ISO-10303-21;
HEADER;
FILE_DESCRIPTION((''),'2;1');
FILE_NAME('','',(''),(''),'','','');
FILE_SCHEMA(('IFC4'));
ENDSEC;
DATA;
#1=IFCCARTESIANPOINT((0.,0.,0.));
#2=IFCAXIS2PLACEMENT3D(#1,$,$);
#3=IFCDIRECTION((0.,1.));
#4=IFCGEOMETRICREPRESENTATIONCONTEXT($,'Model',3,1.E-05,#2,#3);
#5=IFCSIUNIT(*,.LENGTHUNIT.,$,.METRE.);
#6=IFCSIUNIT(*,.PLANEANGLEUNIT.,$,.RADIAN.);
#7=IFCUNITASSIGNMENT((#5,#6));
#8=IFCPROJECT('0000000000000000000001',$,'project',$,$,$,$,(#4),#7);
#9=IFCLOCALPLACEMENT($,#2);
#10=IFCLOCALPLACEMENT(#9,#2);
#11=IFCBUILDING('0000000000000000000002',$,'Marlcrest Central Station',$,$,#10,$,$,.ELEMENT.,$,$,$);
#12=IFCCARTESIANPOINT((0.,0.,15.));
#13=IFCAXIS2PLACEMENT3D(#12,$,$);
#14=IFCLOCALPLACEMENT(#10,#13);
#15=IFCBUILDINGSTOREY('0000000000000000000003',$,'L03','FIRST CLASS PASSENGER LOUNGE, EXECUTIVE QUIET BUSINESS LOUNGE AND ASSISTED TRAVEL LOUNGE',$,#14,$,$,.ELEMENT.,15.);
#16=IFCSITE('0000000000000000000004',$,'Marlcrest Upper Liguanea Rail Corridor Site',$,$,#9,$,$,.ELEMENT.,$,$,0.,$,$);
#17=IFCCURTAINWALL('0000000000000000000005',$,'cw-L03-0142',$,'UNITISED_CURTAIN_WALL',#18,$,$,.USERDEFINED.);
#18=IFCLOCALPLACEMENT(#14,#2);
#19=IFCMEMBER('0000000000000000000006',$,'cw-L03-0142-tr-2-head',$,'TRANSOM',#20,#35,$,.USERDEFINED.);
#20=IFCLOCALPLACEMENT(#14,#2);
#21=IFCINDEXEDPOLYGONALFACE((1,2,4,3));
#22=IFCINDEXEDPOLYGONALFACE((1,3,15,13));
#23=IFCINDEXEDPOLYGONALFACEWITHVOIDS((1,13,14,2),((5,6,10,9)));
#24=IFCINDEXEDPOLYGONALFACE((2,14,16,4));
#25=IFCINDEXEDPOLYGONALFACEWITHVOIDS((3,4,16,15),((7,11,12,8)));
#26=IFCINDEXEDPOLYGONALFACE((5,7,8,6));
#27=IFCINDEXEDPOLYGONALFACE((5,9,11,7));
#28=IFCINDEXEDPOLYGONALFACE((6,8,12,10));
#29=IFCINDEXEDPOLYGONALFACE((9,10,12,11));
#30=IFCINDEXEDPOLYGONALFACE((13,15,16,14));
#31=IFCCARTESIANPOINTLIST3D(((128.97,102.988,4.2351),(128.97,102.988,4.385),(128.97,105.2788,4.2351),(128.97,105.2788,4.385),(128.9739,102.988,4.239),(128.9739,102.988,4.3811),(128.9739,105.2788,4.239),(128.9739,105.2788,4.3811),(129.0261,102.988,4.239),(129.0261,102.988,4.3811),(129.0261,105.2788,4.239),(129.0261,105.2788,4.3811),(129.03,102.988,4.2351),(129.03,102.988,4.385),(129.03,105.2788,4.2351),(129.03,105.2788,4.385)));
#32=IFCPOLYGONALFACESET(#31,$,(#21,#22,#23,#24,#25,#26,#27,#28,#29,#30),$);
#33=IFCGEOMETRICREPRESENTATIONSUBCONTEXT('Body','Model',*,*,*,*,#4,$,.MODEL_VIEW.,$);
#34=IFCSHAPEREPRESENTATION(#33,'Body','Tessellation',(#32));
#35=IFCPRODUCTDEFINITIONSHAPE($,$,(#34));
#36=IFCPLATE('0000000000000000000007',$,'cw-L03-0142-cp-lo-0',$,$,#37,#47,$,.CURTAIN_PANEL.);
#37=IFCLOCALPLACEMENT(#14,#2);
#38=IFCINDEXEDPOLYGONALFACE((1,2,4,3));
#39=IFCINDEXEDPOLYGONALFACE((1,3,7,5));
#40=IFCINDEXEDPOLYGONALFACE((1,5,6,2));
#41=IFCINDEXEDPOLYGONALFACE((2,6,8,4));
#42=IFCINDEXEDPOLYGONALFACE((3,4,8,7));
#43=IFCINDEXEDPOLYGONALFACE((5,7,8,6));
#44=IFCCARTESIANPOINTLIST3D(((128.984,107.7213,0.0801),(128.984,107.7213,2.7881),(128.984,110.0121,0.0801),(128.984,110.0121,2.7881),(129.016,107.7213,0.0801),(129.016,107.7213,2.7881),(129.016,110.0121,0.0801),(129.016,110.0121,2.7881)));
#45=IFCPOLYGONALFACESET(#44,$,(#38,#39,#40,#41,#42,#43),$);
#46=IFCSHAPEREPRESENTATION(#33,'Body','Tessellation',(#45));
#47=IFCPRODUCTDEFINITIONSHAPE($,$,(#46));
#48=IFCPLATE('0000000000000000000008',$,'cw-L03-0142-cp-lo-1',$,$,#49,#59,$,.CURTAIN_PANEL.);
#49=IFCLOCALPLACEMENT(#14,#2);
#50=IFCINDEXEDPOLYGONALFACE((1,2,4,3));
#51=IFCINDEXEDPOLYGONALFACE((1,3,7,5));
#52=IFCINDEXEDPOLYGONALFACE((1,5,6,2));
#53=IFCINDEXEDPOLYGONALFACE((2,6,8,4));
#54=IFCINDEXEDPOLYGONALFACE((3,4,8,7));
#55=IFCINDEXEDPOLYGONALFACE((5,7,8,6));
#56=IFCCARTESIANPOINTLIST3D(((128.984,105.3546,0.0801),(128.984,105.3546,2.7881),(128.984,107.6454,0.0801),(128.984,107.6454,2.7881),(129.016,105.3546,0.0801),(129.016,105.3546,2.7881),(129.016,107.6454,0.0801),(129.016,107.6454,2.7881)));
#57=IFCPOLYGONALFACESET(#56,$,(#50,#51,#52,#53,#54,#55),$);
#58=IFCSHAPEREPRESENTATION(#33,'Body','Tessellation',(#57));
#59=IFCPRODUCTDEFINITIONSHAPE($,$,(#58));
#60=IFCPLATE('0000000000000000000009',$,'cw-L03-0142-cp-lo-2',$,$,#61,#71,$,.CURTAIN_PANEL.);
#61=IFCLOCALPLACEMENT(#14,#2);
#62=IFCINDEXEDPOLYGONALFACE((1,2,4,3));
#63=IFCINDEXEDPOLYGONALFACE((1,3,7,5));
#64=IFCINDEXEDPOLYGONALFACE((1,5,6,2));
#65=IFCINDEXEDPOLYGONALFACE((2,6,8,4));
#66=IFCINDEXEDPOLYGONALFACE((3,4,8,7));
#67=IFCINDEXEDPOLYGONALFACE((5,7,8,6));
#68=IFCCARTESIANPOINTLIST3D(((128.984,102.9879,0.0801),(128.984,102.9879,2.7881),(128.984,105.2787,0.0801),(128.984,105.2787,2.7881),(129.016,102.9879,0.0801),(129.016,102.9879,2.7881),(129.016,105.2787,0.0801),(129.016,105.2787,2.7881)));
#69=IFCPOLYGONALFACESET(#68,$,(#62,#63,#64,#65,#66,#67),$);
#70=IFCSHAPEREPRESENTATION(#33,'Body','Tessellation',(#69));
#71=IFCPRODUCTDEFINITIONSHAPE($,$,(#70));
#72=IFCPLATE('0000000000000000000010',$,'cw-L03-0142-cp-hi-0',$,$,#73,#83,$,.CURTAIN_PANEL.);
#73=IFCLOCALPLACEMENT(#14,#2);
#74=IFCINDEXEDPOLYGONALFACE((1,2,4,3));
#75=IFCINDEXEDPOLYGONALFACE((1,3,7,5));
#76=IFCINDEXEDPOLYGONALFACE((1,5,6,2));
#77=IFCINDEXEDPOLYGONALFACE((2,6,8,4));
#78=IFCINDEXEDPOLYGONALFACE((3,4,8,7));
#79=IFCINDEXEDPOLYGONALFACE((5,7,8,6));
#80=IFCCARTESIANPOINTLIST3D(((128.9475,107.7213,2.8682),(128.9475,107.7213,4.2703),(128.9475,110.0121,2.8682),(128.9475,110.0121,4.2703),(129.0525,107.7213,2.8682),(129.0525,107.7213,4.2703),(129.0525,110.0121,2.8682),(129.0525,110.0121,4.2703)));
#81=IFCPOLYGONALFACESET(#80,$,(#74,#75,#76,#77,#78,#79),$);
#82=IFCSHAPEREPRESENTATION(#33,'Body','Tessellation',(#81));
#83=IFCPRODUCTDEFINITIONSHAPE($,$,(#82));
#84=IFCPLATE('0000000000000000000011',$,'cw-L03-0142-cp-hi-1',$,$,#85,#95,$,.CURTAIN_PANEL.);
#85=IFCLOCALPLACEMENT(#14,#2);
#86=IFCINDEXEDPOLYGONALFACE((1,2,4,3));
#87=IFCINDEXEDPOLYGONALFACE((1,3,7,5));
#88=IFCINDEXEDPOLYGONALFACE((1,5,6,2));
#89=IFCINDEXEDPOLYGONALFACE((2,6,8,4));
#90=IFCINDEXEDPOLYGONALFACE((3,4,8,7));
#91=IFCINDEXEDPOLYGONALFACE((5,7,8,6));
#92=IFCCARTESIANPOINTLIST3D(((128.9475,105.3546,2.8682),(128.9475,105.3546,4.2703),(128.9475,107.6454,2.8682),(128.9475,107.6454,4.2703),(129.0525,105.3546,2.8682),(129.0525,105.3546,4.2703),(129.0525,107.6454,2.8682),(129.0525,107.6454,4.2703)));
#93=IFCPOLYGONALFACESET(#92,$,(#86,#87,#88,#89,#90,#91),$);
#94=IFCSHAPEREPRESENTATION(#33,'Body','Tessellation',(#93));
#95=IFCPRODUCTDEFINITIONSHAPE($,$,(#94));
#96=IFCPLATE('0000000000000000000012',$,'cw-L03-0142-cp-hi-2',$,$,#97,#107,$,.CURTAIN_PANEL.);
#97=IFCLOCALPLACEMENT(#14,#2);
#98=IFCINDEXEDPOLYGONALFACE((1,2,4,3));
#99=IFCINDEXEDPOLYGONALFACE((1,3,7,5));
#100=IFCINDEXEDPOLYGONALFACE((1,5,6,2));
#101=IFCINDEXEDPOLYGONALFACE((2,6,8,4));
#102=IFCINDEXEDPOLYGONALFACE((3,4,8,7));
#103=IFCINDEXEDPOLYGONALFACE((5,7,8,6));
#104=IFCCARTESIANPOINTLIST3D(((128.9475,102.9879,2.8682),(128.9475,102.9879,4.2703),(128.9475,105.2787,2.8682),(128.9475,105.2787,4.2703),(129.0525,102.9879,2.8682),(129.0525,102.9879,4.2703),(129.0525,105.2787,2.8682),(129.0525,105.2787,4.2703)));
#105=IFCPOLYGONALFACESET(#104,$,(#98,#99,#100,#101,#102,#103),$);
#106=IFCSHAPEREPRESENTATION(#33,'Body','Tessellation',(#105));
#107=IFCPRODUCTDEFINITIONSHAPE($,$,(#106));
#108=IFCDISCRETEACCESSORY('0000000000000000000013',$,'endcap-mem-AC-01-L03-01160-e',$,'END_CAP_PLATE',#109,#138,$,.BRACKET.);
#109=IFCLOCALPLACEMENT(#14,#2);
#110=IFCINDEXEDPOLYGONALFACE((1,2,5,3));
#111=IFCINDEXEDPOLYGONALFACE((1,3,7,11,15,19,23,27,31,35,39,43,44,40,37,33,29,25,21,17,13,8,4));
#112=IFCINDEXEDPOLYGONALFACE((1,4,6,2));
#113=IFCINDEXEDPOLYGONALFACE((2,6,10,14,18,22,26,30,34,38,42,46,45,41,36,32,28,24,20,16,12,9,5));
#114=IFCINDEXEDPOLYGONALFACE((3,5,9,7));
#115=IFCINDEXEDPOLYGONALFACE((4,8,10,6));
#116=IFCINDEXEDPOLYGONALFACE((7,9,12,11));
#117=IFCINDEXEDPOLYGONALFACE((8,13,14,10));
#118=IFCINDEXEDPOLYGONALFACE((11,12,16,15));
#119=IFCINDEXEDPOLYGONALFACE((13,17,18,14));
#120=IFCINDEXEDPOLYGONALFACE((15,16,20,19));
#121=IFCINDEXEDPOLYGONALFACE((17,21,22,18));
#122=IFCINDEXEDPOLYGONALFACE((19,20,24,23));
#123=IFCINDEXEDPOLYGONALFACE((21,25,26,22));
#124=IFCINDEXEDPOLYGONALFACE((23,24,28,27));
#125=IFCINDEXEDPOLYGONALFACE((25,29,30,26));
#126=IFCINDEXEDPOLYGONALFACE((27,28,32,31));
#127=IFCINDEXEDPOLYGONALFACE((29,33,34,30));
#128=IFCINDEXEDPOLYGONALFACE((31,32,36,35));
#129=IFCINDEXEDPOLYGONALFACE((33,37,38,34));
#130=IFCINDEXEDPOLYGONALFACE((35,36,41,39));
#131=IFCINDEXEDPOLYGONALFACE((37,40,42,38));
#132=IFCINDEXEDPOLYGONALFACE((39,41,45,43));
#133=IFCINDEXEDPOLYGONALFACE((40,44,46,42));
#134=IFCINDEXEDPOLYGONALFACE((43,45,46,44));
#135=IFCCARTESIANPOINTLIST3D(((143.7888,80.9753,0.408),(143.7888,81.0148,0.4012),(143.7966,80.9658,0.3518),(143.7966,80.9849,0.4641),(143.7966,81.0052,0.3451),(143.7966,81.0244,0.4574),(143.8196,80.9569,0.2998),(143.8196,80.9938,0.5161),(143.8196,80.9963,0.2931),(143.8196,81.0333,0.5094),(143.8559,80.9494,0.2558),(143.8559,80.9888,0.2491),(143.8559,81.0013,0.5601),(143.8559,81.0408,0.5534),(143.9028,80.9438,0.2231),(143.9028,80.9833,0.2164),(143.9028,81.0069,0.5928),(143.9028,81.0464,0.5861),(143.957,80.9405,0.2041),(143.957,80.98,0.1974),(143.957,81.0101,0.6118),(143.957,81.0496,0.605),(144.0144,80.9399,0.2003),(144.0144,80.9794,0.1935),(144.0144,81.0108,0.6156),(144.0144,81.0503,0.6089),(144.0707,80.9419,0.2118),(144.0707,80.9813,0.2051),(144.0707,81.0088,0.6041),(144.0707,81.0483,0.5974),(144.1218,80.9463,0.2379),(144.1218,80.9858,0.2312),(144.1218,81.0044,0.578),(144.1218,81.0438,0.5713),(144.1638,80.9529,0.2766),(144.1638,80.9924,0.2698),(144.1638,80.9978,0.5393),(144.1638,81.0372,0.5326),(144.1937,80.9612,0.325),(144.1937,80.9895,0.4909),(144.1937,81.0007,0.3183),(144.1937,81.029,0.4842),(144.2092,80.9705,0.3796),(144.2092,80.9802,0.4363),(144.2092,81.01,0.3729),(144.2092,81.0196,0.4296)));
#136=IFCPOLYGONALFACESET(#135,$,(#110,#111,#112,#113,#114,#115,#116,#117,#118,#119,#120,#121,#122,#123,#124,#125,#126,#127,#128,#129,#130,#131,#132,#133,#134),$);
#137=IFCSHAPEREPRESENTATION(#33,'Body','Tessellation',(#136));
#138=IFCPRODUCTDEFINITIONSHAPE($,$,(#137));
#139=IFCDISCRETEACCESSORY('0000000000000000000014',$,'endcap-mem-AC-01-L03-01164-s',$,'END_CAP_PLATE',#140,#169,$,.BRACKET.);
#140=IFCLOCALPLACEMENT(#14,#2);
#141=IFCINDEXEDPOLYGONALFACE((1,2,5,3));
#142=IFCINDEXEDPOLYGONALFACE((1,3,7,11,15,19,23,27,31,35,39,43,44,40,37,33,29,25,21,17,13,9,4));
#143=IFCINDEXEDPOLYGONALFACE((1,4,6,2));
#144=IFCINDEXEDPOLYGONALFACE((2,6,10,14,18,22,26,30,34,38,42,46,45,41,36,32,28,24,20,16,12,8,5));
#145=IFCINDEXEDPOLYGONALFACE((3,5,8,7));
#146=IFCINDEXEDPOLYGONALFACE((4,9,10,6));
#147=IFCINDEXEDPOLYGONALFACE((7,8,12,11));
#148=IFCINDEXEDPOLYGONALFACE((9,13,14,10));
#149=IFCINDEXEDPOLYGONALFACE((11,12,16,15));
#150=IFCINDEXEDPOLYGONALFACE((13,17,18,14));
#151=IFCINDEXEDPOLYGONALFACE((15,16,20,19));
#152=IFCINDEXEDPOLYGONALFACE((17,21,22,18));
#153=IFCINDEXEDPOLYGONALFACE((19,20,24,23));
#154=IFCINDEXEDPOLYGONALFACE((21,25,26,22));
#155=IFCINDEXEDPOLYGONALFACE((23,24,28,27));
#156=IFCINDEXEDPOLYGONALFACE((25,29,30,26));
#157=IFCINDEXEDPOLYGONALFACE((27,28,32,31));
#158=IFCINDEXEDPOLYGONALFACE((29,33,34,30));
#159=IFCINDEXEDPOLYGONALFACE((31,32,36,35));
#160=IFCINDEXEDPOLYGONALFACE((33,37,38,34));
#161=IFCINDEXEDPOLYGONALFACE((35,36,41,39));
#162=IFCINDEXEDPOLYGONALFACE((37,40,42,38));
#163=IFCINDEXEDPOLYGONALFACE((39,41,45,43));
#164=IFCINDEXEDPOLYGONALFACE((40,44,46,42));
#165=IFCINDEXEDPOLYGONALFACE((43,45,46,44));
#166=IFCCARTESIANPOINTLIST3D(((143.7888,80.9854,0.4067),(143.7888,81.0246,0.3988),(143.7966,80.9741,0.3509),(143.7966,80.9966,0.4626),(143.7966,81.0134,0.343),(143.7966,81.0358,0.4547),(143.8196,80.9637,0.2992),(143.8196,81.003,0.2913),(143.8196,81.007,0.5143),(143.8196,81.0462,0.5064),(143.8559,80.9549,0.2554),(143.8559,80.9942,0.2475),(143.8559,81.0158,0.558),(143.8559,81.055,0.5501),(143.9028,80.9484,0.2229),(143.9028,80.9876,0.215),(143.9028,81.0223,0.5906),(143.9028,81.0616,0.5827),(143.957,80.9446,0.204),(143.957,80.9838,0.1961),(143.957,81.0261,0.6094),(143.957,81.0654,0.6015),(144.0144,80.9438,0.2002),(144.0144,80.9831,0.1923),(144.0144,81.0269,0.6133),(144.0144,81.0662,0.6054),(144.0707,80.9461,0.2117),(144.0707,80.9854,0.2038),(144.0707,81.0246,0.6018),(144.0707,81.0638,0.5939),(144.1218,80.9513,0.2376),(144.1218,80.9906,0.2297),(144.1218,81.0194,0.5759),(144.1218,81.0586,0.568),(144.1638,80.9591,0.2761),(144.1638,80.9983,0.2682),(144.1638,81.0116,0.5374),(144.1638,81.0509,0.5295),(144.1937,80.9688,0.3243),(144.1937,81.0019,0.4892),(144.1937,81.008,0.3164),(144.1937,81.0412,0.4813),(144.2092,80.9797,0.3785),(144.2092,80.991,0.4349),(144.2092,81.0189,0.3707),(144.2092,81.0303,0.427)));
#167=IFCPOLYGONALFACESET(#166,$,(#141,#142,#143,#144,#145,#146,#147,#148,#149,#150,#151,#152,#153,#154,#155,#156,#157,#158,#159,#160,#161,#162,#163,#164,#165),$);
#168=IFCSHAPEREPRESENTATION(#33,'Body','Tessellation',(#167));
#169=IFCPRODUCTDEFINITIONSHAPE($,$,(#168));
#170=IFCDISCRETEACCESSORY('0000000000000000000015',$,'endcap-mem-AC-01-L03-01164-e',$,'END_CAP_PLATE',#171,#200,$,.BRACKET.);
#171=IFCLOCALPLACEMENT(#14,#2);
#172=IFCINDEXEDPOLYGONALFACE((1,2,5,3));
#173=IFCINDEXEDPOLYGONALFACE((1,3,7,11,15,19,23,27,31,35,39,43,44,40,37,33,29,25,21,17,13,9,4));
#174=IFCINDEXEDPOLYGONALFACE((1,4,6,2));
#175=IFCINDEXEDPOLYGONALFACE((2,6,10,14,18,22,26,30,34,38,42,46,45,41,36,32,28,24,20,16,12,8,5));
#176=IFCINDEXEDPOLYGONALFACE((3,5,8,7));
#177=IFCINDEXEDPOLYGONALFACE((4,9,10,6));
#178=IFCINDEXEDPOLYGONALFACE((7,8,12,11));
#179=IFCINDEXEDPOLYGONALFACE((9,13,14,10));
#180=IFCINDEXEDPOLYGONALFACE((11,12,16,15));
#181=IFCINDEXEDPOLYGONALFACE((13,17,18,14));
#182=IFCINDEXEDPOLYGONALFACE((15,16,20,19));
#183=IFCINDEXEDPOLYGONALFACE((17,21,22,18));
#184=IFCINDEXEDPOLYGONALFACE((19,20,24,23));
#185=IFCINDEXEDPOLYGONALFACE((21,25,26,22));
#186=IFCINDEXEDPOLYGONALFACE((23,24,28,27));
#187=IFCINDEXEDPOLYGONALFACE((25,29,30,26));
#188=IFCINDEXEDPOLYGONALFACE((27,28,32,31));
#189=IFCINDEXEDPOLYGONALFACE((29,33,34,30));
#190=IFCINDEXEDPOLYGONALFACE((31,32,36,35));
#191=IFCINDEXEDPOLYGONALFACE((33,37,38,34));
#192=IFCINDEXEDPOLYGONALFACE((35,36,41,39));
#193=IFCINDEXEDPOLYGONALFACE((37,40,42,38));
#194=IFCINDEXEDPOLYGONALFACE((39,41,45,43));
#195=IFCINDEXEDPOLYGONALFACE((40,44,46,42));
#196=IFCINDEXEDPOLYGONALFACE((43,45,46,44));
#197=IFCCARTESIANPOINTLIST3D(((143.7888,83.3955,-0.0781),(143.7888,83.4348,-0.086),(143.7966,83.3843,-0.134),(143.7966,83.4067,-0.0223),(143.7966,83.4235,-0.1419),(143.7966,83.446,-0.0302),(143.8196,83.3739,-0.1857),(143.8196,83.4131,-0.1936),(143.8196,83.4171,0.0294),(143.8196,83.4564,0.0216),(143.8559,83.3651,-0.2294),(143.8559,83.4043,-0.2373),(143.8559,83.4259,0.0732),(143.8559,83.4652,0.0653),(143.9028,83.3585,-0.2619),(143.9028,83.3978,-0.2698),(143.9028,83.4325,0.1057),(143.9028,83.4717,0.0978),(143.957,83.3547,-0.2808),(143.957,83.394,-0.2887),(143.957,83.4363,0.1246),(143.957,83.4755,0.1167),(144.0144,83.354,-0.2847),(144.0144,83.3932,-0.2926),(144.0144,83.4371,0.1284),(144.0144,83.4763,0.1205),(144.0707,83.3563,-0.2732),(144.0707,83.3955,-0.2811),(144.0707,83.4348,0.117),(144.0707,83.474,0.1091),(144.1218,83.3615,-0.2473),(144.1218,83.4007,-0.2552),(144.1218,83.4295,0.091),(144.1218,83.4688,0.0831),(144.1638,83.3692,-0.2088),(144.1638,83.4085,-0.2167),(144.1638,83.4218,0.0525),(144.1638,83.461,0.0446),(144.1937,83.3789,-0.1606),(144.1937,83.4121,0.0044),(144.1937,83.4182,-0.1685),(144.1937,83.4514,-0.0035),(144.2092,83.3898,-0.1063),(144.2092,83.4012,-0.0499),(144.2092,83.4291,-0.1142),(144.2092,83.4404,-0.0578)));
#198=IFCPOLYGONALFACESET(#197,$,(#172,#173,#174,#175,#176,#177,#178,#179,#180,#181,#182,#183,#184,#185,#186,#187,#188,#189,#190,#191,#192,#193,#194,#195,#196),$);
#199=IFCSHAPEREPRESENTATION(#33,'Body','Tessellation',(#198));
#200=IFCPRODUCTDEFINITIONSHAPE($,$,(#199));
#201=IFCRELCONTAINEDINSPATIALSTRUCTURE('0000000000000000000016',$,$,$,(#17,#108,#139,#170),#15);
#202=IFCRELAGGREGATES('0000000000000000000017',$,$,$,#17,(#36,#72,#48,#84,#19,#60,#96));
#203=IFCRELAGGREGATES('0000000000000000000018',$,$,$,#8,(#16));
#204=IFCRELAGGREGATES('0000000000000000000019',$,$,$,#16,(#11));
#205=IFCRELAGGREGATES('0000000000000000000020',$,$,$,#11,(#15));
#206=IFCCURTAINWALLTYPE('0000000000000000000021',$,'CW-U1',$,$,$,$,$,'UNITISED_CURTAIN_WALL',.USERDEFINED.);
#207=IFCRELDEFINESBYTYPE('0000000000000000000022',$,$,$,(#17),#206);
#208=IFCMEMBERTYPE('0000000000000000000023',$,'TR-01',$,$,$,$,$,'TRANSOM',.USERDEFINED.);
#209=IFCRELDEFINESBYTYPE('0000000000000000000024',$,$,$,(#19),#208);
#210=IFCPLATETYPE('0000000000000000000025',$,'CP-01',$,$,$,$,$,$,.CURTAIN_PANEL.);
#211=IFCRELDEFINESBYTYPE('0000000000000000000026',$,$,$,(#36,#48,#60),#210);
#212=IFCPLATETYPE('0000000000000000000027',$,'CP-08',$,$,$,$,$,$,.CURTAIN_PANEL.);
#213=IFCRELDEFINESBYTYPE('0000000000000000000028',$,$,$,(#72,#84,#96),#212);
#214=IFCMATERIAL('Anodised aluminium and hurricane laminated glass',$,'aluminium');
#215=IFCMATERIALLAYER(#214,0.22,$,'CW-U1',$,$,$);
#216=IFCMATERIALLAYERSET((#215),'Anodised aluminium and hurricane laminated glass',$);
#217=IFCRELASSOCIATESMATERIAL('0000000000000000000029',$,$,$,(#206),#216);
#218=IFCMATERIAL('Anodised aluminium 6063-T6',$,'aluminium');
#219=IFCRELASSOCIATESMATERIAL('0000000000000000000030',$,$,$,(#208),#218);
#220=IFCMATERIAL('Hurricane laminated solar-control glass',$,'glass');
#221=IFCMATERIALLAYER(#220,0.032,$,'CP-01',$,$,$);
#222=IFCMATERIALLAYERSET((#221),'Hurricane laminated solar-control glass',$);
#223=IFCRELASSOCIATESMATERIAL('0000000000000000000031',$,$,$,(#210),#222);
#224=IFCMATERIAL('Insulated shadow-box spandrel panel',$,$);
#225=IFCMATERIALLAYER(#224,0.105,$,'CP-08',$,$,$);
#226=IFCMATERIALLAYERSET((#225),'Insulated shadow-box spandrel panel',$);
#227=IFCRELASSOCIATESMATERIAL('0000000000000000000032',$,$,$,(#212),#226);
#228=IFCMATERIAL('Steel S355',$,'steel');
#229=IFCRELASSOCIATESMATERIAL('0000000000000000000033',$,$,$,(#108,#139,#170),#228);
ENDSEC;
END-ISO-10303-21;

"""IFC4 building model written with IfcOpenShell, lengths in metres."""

from ifc_helpers import new_model, si_unit, direction, frame, origin, origin_2d, place, context, subcontext, project, spatial, rectangle, hollow_rectangle, circle, extrude, material, layer, layer_set, material_profile, profile_set, type_object, element, aggregate, save


model = new_model("IFC4")

# Units and contexts
model_context = context("Model", 3, precision=1e-05, world=origin(), true_north=direction((0.0, 1.0)))
body_context = subcontext(model_context, "Body", "Model", "MODEL_VIEW")
ifc_project = project(units=[si_unit("LENGTHUNIT", "METRE"), si_unit("PLANEANGLEUNIT", "RADIAN")], contexts=[model_context])

# Site, building, storey
site_placement = place(None, origin())
site = spatial("IfcSite", under=ifc_project, at=site_placement, Name="Marlcrest Upper Liguanea Rail Corridor Site", CompositionType="ELEMENT", RefElevation=0.0)
building_placement = place(site_placement, origin())
building = spatial("IfcBuilding", under=site, at=building_placement, Name="Marlcrest Central Station", CompositionType="ELEMENT")
storey_placement = place(building_placement, frame((0.0, 0.0, 15.0)))
storey = spatial("IfcBuildingStorey", under=building, at=storey_placement, Name="L03", Description="FIRST CLASS PASSENGER LOUNGE, EXECUTIVE QUIET BUSINESS LOUNGE AND ASSISTED TRAVEL LOUNGE", CompositionType="ELEMENT", Elevation=15.0)

# Shared definitions
ifc_material_1 = material(Name="Steel S355", Category="steel")

# Shared definitions
ifc_material_2 = material(Name="Anodised aluminium and hurricane laminated glass", Category="aluminium")
ifc_layer_1 = layer(ifc_material_2, 0.22, Name="CW-U1")
ifc_layer_set_1 = layer_set([ifc_layer_1], Name="Anodised aluminium and hurricane laminated glass")
curtain_wall_type = type_object("IfcCurtainWallType", Name="CW-U1", ElementType="UNITISED_CURTAIN_WALL", PredefinedType="USERDEFINED", material=ifc_layer_set_1)
ifc_material_3 = material(Name="Anodised aluminium 6063-T6", Category="aluminium")

# Curtain wall
curtain_wall_1_placement = place(storey_placement, origin())
curtain_wall_1 = element("IfcCurtainWall", 1, at=curtain_wall_1_placement, inside=storey, type_object=curtain_wall_type, Name="cw-L03-0142", ObjectType="UNITISED_CURTAIN_WALL", PredefinedType="USERDEFINED")

# Member
ifc_material_profile_1 = material_profile(ifc_material_3, hollow_rectangle(XDim=0.0601, YDim=0.1499, WallThickness=0.0039, at=origin_2d()), Name="AA-RHS 150x60x4")
ifc_profile_set_1 = profile_set([ifc_material_profile_1], Name="Anodised aluminium 6063-T6")
member_type_1 = type_object("IfcMemberType", Name="TR-01", ElementType="TRANSOM", PredefinedType="USERDEFINED", material=ifc_profile_set_1)
member_1_placement = place(storey_placement, frame((129.0, 105.2788, 4.3101), z_axis=(0.0, -1.0, 0.0), x_axis=(1.0, 0.0, 0.0)))
member_1 = element("IfcMember", 2, at=member_1_placement, type_object=member_type_1, Name="cw-L03-0142-tr-2-head", ObjectType="TRANSOM", PredefinedType="USERDEFINED", context=body_context, shape_type="SweptSolid", body=[
    extrude(hollow_rectangle(XDim=0.0601, YDim=0.1499, WallThickness=0.0039, at=origin_2d()), origin(), (0.0, 0.0, 1.0), 2.2908),
])

# Plates
ifc_material_4 = material(Name="Hurricane laminated solar-control glass", Category="glass")
ifc_layer_2 = layer(ifc_material_4, 0.032, Name="CP-01")
ifc_layer_set_2 = layer_set([ifc_layer_2], Name="Hurricane laminated solar-control glass")
plate_type_1 = type_object("IfcPlateType", Name="CP-01", PredefinedType="CURTAIN_PANEL", material=ifc_layer_set_2)
plate_1_placement = place(storey_placement, frame((129.0, 108.8667, 0.0801), z_axis=(0.0, 0.0, 1.0), x_axis=(0.0, -1.0, 0.0)))
plate_1 = element("IfcPlate", 3, at=plate_1_placement, type_object=plate_type_1, Name="cw-L03-0142-cp-lo-0", PredefinedType="CURTAIN_PANEL", context=body_context, shape_type="SweptSolid", body=[
    extrude(rectangle(XDim=2.2908, YDim=0.032, at=origin_2d()), origin(), (0.0, 0.0, 1.0), 2.708),
])
plate_2_placement = place(storey_placement, frame((129.0, 106.5, 0.0801), z_axis=(0.0, 0.0, 1.0), x_axis=(0.0, -1.0, 0.0)))
plate_2 = element("IfcPlate", 4, at=plate_2_placement, type_object=plate_type_1, Name="cw-L03-0142-cp-lo-1", PredefinedType="CURTAIN_PANEL", context=body_context, shape_type="SweptSolid", body=[
    extrude(rectangle(XDim=2.2908, YDim=0.032, at=origin_2d()), origin(), (0.0, 0.0, 1.0), 2.708),
])
plate_3_placement = place(storey_placement, frame((129.0, 104.1333, 0.0801), z_axis=(0.0, 0.0, 1.0), x_axis=(0.0, -1.0, 0.0)))
plate_3 = element("IfcPlate", 5, at=plate_3_placement, type_object=plate_type_1, Name="cw-L03-0142-cp-lo-2", PredefinedType="CURTAIN_PANEL", context=body_context, shape_type="SweptSolid", body=[
    extrude(rectangle(XDim=2.2908, YDim=0.032, at=origin_2d()), origin(), (0.0, 0.0, 1.0), 2.708),
])
ifc_material_5 = material(Name="Insulated shadow-box spandrel panel")
ifc_layer_3 = layer(ifc_material_5, 0.105, Name="CP-08")
ifc_layer_set_3 = layer_set([ifc_layer_3], Name="Insulated shadow-box spandrel panel")
plate_type_2 = type_object("IfcPlateType", Name="CP-08", PredefinedType="CURTAIN_PANEL", material=ifc_layer_set_3)
plate_4_placement = place(storey_placement, frame((129.0, 108.8667, 2.8682), z_axis=(0.0, 0.0, 1.0), x_axis=(0.0, -1.0, 0.0)))
plate_4 = element("IfcPlate", 6, at=plate_4_placement, type_object=plate_type_2, Name="cw-L03-0142-cp-hi-0", PredefinedType="CURTAIN_PANEL", context=body_context, shape_type="SweptSolid", body=[
    extrude(rectangle(XDim=2.2908, YDim=0.105, at=origin_2d()), origin(), (0.0, 0.0, 1.0), 1.4021),
])
plate_5_placement = place(storey_placement, frame((129.0, 106.5, 2.8682), z_axis=(0.0, 0.0, 1.0), x_axis=(0.0, -1.0, 0.0)))
plate_5 = element("IfcPlate", 7, at=plate_5_placement, type_object=plate_type_2, Name="cw-L03-0142-cp-hi-1", PredefinedType="CURTAIN_PANEL", context=body_context, shape_type="SweptSolid", body=[
    extrude(rectangle(XDim=2.2908, YDim=0.105, at=origin_2d()), origin(), (0.0, 0.0, 1.0), 1.4021),
])
plate_6_placement = place(storey_placement, frame((129.0, 104.1333, 2.8682), z_axis=(0.0, 0.0, 1.0), x_axis=(0.0, -1.0, 0.0)))
plate_6 = element("IfcPlate", 8, at=plate_6_placement, type_object=plate_type_2, Name="cw-L03-0142-cp-hi-2", PredefinedType="CURTAIN_PANEL", context=body_context, shape_type="SweptSolid", body=[
    extrude(rectangle(XDim=2.2908, YDim=0.105, at=origin_2d()), origin(), (0.0, 0.0, 1.0), 1.4021),
])
aggregate(curtain_wall_1, [plate_1, plate_4, plate_2, plate_5, member_1, plate_3, plate_6])

# Discrete accessories
for number, where, z_axis, x_axis, name in (
    (9, (144.0, 80.9753, 0.408), (0.0, 0.985741, -0.168269), (-1.0, 0.0, 0.0), "endcap-mem-AC-01-L03-01160-e"),
    (10, (144.0, 80.9854, 0.4067), (0.0, 0.980359, -0.197219), (-1.0, 0.0, 0.0), "endcap-mem-AC-01-L03-01164-s"),
    (11, (144.0, 83.3955, -0.0781), (0.0, 0.980359, -0.197219), (-1.0, 0.0, 0.0), "endcap-mem-AC-01-L03-01164-e"),
):
    element("IfcDiscreteAccessory", number, at=place(storey_placement, frame(where, z_axis=z_axis, x_axis=x_axis)), inside=storey, material=ifc_material_1, Name=name, ObjectType="END_CAP_PLATE", PredefinedType="BRACKET", context=body_context, shape_type="SweptSolid", body=[
        extrude(circle(Radius=0.2112, at=origin_2d()), origin(), (0.0, 0.0, 1.0), 0.04),
    ])

save(model, "model.ifc")
